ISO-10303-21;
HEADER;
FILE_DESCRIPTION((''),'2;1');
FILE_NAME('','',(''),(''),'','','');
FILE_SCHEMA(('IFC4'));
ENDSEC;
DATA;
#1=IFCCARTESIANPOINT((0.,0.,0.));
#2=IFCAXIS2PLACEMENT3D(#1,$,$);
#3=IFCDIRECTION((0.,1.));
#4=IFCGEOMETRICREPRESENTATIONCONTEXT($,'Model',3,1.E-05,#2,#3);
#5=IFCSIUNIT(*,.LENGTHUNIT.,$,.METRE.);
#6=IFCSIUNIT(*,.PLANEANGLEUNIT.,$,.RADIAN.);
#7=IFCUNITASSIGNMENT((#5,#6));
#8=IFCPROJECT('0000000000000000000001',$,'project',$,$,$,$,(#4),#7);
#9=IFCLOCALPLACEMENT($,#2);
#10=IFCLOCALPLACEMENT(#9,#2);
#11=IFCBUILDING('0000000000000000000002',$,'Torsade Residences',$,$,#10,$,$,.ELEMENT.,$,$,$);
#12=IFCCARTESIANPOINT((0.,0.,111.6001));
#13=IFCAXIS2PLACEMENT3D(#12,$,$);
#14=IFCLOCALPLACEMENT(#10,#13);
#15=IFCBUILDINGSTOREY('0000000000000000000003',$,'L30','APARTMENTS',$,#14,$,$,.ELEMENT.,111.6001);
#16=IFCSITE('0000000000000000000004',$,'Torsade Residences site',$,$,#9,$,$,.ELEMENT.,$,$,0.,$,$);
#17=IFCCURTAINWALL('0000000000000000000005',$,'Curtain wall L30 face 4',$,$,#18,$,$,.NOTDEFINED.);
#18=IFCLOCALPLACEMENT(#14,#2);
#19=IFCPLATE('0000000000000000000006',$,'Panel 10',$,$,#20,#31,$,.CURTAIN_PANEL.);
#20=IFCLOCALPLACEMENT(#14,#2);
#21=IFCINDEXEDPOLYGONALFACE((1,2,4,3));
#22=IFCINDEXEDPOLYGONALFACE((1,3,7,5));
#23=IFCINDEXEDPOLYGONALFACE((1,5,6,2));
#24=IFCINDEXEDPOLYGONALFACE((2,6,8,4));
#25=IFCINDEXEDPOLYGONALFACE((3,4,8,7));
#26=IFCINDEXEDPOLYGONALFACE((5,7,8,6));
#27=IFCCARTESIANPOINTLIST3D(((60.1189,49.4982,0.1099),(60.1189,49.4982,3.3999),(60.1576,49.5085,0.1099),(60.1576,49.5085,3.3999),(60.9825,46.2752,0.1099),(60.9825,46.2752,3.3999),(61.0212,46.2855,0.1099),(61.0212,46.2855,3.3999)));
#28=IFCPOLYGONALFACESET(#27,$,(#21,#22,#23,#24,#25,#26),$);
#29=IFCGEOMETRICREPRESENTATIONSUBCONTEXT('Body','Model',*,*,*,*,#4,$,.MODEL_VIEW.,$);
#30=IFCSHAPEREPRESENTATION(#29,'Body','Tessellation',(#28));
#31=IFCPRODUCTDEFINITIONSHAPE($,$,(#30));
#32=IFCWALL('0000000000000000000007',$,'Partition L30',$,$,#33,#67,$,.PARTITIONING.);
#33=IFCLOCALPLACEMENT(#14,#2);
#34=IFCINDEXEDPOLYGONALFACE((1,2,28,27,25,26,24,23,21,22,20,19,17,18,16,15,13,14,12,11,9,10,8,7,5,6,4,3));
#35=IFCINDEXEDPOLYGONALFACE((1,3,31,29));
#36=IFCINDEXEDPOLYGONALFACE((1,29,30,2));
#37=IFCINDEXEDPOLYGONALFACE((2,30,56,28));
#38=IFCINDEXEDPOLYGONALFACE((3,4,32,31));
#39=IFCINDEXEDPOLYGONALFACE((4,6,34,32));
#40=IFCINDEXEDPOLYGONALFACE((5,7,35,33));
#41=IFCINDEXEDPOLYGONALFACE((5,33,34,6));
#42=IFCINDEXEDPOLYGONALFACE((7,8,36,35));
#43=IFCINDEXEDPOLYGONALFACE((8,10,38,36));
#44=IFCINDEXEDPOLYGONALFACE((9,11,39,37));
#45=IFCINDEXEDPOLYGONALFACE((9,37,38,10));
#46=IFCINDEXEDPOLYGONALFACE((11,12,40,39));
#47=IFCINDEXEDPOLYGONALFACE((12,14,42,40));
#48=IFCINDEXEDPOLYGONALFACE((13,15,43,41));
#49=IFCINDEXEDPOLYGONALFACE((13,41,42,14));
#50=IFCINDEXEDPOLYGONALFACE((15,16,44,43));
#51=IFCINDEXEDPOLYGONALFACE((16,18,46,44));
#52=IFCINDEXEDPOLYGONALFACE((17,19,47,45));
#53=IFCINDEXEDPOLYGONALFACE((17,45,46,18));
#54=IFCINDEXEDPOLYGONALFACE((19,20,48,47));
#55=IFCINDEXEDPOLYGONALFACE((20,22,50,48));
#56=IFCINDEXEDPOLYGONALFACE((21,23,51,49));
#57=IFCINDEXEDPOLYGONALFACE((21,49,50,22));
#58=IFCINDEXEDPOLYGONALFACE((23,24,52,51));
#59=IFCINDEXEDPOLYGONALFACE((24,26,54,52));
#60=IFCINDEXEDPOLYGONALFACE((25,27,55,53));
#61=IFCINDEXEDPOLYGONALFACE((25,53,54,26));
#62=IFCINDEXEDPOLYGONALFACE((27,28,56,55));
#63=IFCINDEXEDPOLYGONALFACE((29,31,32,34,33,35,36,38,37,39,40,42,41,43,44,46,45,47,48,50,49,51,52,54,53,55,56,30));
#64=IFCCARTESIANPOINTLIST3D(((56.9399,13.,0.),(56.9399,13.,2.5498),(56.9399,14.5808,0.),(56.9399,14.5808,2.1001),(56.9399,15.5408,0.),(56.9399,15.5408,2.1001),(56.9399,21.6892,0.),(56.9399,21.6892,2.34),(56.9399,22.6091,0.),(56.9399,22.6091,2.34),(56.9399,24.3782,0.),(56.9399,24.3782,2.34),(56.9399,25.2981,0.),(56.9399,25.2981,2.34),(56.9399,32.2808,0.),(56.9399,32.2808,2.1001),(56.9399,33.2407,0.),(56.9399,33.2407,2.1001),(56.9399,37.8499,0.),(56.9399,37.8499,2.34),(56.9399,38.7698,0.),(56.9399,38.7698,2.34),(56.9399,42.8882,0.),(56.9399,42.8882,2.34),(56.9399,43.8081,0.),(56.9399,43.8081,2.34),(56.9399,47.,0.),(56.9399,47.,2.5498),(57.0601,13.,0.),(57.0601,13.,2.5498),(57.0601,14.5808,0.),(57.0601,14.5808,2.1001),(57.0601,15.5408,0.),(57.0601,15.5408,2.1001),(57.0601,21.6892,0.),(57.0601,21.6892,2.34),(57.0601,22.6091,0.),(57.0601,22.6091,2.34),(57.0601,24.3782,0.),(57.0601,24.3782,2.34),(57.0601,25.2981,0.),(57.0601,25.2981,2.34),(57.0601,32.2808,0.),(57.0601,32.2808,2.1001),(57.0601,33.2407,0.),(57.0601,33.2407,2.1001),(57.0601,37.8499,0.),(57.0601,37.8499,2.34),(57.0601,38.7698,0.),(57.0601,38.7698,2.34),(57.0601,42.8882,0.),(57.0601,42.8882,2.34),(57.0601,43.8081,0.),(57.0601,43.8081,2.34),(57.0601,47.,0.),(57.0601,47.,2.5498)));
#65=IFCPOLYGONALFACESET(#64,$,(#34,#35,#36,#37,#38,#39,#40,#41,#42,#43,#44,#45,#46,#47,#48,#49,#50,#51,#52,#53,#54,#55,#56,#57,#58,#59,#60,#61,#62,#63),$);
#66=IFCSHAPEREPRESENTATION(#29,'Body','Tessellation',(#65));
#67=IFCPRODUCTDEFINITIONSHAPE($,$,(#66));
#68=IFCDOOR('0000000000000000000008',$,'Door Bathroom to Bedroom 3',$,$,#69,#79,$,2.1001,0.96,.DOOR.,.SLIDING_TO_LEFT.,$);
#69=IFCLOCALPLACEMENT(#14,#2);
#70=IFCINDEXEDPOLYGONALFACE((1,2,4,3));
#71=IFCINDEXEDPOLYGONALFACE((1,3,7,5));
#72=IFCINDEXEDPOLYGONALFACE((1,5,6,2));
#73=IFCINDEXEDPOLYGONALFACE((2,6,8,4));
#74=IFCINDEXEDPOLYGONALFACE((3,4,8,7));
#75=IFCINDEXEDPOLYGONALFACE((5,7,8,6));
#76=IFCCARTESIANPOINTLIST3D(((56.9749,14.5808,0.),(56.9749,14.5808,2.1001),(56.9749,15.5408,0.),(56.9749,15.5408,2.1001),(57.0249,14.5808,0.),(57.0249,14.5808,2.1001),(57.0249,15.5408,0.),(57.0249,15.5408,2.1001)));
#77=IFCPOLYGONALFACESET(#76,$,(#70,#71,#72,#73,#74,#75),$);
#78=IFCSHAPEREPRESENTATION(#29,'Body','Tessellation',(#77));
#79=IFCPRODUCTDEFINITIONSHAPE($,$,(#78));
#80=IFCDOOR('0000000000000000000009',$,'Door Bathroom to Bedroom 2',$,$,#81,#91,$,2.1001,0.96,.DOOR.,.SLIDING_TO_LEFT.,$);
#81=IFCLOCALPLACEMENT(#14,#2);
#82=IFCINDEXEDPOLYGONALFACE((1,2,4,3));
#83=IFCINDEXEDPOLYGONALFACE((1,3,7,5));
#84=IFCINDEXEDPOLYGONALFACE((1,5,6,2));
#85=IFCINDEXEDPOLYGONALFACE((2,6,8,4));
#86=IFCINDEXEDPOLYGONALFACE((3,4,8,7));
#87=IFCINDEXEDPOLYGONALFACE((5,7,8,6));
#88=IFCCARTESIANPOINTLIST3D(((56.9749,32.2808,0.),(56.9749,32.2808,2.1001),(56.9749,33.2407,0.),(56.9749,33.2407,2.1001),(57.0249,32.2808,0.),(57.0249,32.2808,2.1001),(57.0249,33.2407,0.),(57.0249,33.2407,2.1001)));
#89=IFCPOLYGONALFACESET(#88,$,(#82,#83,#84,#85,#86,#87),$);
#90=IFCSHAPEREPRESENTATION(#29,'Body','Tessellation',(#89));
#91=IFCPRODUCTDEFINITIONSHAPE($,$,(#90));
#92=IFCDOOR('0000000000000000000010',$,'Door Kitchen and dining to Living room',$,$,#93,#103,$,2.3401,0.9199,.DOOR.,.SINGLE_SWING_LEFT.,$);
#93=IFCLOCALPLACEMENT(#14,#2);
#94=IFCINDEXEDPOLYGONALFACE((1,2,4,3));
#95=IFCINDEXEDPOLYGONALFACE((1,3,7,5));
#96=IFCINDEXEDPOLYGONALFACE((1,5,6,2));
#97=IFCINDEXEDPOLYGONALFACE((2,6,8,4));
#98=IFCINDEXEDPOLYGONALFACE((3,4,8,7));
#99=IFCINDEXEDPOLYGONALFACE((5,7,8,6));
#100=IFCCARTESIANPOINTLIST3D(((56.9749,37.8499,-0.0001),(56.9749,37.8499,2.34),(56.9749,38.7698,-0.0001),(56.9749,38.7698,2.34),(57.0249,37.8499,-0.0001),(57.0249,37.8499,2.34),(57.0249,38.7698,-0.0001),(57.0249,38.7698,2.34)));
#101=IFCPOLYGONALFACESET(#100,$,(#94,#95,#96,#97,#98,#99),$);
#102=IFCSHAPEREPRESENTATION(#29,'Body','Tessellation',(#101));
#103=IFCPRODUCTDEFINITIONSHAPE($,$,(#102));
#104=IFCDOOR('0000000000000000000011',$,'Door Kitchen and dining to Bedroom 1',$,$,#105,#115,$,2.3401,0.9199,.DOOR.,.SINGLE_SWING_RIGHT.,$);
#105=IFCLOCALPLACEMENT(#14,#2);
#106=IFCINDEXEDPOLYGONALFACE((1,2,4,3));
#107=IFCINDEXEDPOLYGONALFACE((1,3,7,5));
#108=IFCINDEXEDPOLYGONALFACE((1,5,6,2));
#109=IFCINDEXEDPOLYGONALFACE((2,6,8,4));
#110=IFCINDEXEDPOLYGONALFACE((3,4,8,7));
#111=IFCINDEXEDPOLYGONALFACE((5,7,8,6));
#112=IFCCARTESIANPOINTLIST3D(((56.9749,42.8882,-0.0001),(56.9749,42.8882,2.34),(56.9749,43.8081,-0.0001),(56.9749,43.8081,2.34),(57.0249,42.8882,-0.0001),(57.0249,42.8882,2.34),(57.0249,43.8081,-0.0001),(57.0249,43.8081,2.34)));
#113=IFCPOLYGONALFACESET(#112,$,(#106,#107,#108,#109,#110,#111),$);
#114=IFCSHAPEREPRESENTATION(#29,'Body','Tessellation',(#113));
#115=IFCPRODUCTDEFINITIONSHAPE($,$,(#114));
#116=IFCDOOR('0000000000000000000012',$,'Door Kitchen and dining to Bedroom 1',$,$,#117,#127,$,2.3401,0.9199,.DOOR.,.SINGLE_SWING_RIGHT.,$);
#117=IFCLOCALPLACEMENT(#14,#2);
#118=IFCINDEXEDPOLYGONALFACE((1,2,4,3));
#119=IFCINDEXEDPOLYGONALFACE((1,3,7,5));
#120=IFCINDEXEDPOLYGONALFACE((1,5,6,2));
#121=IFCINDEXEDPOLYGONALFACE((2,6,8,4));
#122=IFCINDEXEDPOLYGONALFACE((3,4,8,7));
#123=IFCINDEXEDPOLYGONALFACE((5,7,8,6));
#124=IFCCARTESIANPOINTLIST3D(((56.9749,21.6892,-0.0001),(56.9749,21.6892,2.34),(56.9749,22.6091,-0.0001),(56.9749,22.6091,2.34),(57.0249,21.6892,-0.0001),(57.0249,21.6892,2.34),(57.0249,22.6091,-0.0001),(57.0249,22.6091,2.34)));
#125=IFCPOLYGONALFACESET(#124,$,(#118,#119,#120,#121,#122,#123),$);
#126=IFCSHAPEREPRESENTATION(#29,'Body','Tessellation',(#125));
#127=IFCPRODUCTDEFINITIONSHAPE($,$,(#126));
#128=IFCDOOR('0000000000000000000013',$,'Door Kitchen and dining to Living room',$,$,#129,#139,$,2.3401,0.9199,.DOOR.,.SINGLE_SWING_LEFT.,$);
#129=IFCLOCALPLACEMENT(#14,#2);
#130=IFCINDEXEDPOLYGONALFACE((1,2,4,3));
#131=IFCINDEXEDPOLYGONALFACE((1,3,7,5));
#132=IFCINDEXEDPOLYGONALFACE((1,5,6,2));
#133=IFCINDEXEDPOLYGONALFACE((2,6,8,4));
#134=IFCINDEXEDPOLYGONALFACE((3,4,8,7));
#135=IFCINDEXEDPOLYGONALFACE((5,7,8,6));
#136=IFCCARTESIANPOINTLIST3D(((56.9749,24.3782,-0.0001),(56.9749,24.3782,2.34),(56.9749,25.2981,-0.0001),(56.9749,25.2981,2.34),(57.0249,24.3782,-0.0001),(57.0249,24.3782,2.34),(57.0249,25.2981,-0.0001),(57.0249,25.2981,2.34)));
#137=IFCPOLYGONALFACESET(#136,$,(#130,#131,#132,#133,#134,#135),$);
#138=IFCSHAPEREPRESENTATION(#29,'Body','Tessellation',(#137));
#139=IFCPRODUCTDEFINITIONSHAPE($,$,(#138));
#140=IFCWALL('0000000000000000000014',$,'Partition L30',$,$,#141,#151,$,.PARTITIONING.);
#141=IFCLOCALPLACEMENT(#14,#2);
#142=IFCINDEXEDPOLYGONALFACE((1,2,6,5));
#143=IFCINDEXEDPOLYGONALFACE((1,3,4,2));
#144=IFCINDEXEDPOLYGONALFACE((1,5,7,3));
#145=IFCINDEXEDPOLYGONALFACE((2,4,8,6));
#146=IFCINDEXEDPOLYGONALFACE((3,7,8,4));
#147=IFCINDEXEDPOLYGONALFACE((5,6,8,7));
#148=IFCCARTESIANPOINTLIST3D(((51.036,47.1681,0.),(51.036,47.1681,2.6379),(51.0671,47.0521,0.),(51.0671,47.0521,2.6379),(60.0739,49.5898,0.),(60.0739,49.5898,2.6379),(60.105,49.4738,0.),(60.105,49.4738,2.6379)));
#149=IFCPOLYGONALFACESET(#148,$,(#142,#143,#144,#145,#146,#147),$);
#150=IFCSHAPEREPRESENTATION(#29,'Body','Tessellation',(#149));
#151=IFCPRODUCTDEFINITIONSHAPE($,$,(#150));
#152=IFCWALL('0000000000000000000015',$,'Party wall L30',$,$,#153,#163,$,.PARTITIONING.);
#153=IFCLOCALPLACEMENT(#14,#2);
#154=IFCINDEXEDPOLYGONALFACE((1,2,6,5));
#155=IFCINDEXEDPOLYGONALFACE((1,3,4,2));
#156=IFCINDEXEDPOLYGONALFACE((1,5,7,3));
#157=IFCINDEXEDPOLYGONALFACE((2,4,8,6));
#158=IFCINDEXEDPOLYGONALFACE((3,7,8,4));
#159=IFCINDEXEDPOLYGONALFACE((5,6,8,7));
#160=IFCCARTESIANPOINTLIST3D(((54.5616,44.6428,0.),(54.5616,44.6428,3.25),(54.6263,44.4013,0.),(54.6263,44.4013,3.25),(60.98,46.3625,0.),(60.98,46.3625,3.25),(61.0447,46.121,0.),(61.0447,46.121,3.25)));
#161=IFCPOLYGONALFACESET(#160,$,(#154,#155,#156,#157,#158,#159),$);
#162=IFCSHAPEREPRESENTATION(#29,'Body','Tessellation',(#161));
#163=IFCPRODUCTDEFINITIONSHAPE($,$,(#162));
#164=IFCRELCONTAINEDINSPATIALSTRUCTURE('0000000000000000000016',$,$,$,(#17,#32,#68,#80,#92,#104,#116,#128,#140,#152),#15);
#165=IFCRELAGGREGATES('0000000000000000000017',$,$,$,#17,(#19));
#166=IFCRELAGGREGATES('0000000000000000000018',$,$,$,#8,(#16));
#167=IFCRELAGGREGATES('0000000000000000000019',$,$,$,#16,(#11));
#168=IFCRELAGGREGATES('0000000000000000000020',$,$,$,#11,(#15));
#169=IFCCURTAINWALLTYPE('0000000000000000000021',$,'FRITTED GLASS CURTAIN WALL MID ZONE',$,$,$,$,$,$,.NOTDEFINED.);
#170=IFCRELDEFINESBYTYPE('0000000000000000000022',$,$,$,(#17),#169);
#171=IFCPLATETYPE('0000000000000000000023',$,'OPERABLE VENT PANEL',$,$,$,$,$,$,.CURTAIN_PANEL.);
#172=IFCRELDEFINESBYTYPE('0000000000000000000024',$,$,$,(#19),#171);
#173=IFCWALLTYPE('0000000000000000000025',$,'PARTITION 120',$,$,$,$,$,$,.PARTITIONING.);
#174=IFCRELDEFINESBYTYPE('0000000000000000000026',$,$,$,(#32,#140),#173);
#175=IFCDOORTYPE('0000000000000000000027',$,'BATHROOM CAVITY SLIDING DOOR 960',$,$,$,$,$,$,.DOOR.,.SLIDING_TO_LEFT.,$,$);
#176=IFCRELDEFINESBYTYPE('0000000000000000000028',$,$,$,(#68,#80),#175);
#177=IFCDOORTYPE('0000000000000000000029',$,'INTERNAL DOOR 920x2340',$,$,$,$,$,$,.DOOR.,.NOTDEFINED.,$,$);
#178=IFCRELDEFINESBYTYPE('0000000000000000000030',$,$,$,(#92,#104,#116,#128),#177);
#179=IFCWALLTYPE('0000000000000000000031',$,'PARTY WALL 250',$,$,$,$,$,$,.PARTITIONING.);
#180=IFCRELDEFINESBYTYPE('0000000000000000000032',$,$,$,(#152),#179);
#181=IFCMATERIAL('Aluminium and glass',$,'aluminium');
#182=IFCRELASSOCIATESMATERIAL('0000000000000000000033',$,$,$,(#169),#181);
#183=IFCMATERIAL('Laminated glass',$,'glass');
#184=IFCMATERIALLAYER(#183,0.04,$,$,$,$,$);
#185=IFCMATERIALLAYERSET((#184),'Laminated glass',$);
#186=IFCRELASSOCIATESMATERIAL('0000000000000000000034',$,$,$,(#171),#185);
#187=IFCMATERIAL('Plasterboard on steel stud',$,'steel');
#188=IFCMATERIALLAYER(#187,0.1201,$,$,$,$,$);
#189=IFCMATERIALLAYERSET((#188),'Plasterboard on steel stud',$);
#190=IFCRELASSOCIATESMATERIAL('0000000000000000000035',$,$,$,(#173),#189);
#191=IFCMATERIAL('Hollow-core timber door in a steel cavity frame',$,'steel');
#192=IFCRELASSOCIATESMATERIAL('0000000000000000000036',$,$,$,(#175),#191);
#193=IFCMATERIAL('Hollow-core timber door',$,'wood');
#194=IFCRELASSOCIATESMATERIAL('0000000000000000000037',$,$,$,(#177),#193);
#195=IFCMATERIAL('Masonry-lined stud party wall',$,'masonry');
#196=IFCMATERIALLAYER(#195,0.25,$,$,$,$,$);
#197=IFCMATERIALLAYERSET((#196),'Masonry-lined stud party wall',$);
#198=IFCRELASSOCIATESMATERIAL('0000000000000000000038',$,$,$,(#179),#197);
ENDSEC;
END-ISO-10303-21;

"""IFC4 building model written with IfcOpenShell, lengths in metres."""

from ifc_helpers import new_model, si_unit, direction, frame, frame_2d, origin, origin_2d, place, context, subcontext, project, spatial, rectangle, extrude, material, layer, layer_set, type_object, element, fill, aggregate, save


model = new_model("IFC4")

# Units and contexts
model_context = context("Model", 3, precision=1e-05, world=origin(), true_north=direction((0.0, 1.0)))
body_context = subcontext(model_context, "Body", "Model", "MODEL_VIEW")
ifc_project = project(units=[si_unit("LENGTHUNIT", "METRE"), si_unit("PLANEANGLEUNIT", "RADIAN")], contexts=[model_context])

# Site, building, storey
site_placement = place(None, origin())
site = spatial("IfcSite", under=ifc_project, at=site_placement, Name="Torsade Residences site", CompositionType="ELEMENT", RefElevation=0.0)
building_placement = place(site_placement, origin())
building = spatial("IfcBuilding", under=site, at=building_placement, Name="Torsade Residences", CompositionType="ELEMENT")
storey_placement = place(building_placement, frame((0.0, 0.0, 111.6001)))
storey = spatial("IfcBuildingStorey", under=building, at=storey_placement, Name="L30", Description="APARTMENTS", CompositionType="ELEMENT", Elevation=111.6001)

# Curtain wall
ifc_material_1 = material(Name="Aluminium and glass", Category="aluminium")
curtain_wall_type = type_object("IfcCurtainWallType", Name="FRITTED GLASS CURTAIN WALL MID ZONE", PredefinedType="NOTDEFINED", material=ifc_material_1)
curtain_wall_placement = place(storey_placement, origin())
curtain_wall = element("IfcCurtainWall", 1, at=curtain_wall_placement, inside=storey, type_object=curtain_wall_type, Name="Curtain wall L30 face 4", PredefinedType="NOTDEFINED")

# Plate
ifc_material_2 = material(Name="Laminated glass", Category="glass")
ifc_layer_1 = layer(ifc_material_2, 0.04)
ifc_layer_set_1 = layer_set([ifc_layer_1], Name="Laminated glass")
plate_type_1 = type_object("IfcPlateType", Name="OPERABLE VENT PANEL", PredefinedType="CURTAIN_PANEL", material=ifc_layer_set_1)
plate_1_placement = place(storey_placement, frame((60.5701, 47.8918, 0.1099), z_axis=(0.0, 0.0, 1.0), x_axis=(-0.258819, 0.965926, 0.0)))
plate_1 = element("IfcPlate", 2, at=plate_1_placement, type_object=plate_type_1, Name="Panel 10", PredefinedType="CURTAIN_PANEL", context=body_context, shape_type="SweptSolid", body=[
    extrude(rectangle(XDim=3.3367, YDim=0.04, at=origin_2d()), origin(), (0.0, 0.0, 1.0), 3.29),
])
aggregate(curtain_wall, [plate_1])

# Wall, openings, doors
ifc_material_3 = material(Name="Plasterboard on steel stud", Category="steel")
ifc_layer_2 = layer(ifc_material_3, 0.1201)
ifc_layer_set_2 = layer_set([ifc_layer_2], Name="Plasterboard on steel stud")
wall_type_1 = type_object("IfcWallType", Name="PARTITION 120", PredefinedType="PARTITIONING", material=ifc_layer_set_2)
wall_1_placement = place(storey_placement, frame((57.0, 47.0, 0.0), z_axis=(0.0, 0.0, 1.0), x_axis=(0.0, -1.0, 0.0)))
wall_1 = element("IfcWall", 3, at=wall_1_placement, inside=storey, type_object=wall_type_1, Name="Partition L30", PredefinedType="PARTITIONING", context=body_context, shape_type="SweptSolid", body=[
    extrude(rectangle(XDim=34.0, YDim=0.1201, at=frame_2d((17.0, 0.0))), origin(), (0.0, 0.0, 1.0), 2.5498),
])
opening_1_placement = place(wall_1_placement, frame((8.2302, 0.0, 0.0)))
opening_1 = element("IfcOpeningElement", 4, at=opening_1_placement, cuts=wall_1, PredefinedType="OPENING", context=body_context, shape_type="SweptSolid", body=[
    extrude(rectangle(XDim=0.9199, YDim=2.3401, at=frame_2d((0.46, 1.1699))), frame((0.0, 0.0701, 0.0), z_axis=(0.0, -1.0, 0.0), x_axis=(1.0, 0.0, 0.0)), (0.0, 0.0, 1.0), 0.1401),
])
opening_2_placement = place(wall_1_placement, frame((3.1919, 0.0, 0.0)))
opening_2 = element("IfcOpeningElement", 5, at=opening_2_placement, cuts=wall_1, PredefinedType="OPENING", context=body_context, shape_type="SweptSolid", body=[
    extrude(rectangle(XDim=0.9199, YDim=2.3401, at=frame_2d((0.46, 1.1699))), frame((0.0, 0.0701, 0.0), z_axis=(0.0, -1.0, 0.0), x_axis=(1.0, 0.0, 0.0)), (0.0, 0.0, 1.0), 0.1401),
])
opening_3_placement = place(wall_1_placement, frame((24.3909, 0.0, 0.0)))
opening_3 = element("IfcOpeningElement", 6, at=opening_3_placement, cuts=wall_1, PredefinedType="OPENING", context=body_context, shape_type="SweptSolid", body=[
    extrude(rectangle(XDim=0.9199, YDim=2.3401, at=frame_2d((0.46, 1.1699))), frame((0.0, 0.0701, 0.0), z_axis=(0.0, -1.0, 0.0), x_axis=(1.0, 0.0, 0.0)), (0.0, 0.0, 1.0), 0.1401),
])
opening_4_placement = place(wall_1_placement, frame((21.7019, 0.0, 0.0)))
opening_4 = element("IfcOpeningElement", 7, at=opening_4_placement, cuts=wall_1, PredefinedType="OPENING", context=body_context, shape_type="SweptSolid", body=[
    extrude(rectangle(XDim=0.9199, YDim=2.3401, at=frame_2d((0.46, 1.1699))), frame((0.0, 0.0701, 0.0), z_axis=(0.0, -1.0, 0.0), x_axis=(1.0, 0.0, 0.0)), (0.0, 0.0, 1.0), 0.1401),
])
opening_5_placement = place(wall_1_placement, frame((31.4592, 0.0, 0.0)))
opening_5 = element("IfcOpeningElement", 8, at=opening_5_placement, cuts=wall_1, PredefinedType="OPENING", context=body_context, shape_type="SweptSolid", body=[
    extrude(rectangle(XDim=0.96, YDim=2.1001, at=frame_2d((0.48, 1.05))), frame((0.0, 0.0701, 0.0), z_axis=(0.0, -1.0, 0.0), x_axis=(1.0, 0.0, 0.0)), (0.0, 0.0, 1.0), 0.1401),
])
opening_6_placement = place(wall_1_placement, frame((13.7593, 0.0, 0.0)))
opening_6 = element("IfcOpeningElement", 9, at=opening_6_placement, cuts=wall_1, PredefinedType="OPENING", context=body_context, shape_type="SweptSolid", body=[
    extrude(rectangle(XDim=0.96, YDim=2.1001, at=frame_2d((0.48, 1.05))), frame((0.0, 0.0701, 0.0), z_axis=(0.0, -1.0, 0.0), x_axis=(1.0, 0.0, 0.0)), (0.0, 0.0, 1.0), 0.1401),
])
ifc_material_4 = material(Name="Hollow-core timber door in a steel cavity frame", Category="steel")
door_type_1 = type_object("IfcDoorType", Name="BATHROOM CAVITY SLIDING DOOR 960", OperationType="SLIDING_TO_LEFT", PredefinedType="DOOR", material=ifc_material_4)
door_1_placement = place(opening_5_placement, origin())
door_1 = element("IfcDoor", 10, at=door_1_placement, inside=storey, type_object=door_type_1, Name="Door Bathroom to Bedroom 3", OperationType="SLIDING_TO_LEFT", OverallHeight=2.1001, OverallWidth=0.96, PredefinedType="DOOR", context=body_context, shape_type="SweptSolid", body=[
    extrude(rectangle(XDim=0.96, YDim=2.1001, at=frame_2d((0.48, 1.05))), frame((0.0, 0.0249, 0.0), z_axis=(0.0, -1.0, 0.0), x_axis=(1.0, 0.0, 0.0)), (0.0, 0.0, 1.0), 0.05),
])
fill(opening_5, door_1)
door_2_placement = place(opening_6_placement, origin())
door_2 = element("IfcDoor", 11, at=door_2_placement, inside=storey, type_object=door_type_1, Name="Door Bathroom to Bedroom 2", OperationType="SLIDING_TO_LEFT", OverallHeight=2.1001, OverallWidth=0.96, PredefinedType="DOOR", context=body_context, shape_type="SweptSolid", body=[
    extrude(rectangle(XDim=0.96, YDim=2.1001, at=frame_2d((0.48, 1.05))), frame((0.0, 0.0249, 0.0), z_axis=(0.0, -1.0, 0.0), x_axis=(1.0, 0.0, 0.0)), (0.0, 0.0, 1.0), 0.05),
])
fill(opening_6, door_2)
ifc_material_5 = material(Name="Hollow-core timber door", Category="wood")
door_type_2 = type_object("IfcDoorType", Name="INTERNAL DOOR 920x2340", OperationType="NOTDEFINED", PredefinedType="DOOR", material=ifc_material_5)
door_3_placement = place(opening_1_placement, origin())
door_3 = element("IfcDoor", 12, at=door_3_placement, inside=storey, type_object=door_type_2, Name="Door Kitchen and dining to Living room", OperationType="SINGLE_SWING_LEFT", OverallHeight=2.3401, OverallWidth=0.9199, PredefinedType="DOOR", context=body_context, shape_type="SweptSolid", body=[
    extrude(rectangle(XDim=0.9199, YDim=2.3401, at=frame_2d((0.46, 1.1699))), frame((0.0, 0.0249, 0.0), z_axis=(0.0, -1.0, 0.0), x_axis=(1.0, 0.0, 0.0)), (0.0, 0.0, 1.0), 0.05),
])
fill(opening_1, door_3)
door_4_placement = place(opening_2_placement, origin())
door_4 = element("IfcDoor", 13, at=door_4_placement, inside=storey, type_object=door_type_2, Name="Door Kitchen and dining to Bedroom 1", OperationType="SINGLE_SWING_RIGHT", OverallHeight=2.3401, OverallWidth=0.9199, PredefinedType="DOOR", context=body_context, shape_type="SweptSolid", body=[
    extrude(rectangle(XDim=0.9199, YDim=2.3401, at=frame_2d((0.46, 1.1699))), frame((0.0, 0.0249, 0.0), z_axis=(0.0, -1.0, 0.0), x_axis=(1.0, 0.0, 0.0)), (0.0, 0.0, 1.0), 0.05),
])
fill(opening_2, door_4)
door_5_placement = place(opening_3_placement, origin())
door_5 = element("IfcDoor", 14, at=door_5_placement, inside=storey, type_object=door_type_2, Name="Door Kitchen and dining to Bedroom 1", OperationType="SINGLE_SWING_RIGHT", OverallHeight=2.3401, OverallWidth=0.9199, PredefinedType="DOOR", context=body_context, shape_type="SweptSolid", body=[
    extrude(rectangle(XDim=0.9199, YDim=2.3401, at=frame_2d((0.46, 1.1699))), frame((0.0, 0.0249, 0.0), z_axis=(0.0, -1.0, 0.0), x_axis=(1.0, 0.0, 0.0)), (0.0, 0.0, 1.0), 0.05),
])
fill(opening_3, door_5)
door_6_placement = place(opening_4_placement, origin())
door_6 = element("IfcDoor", 15, at=door_6_placement, inside=storey, type_object=door_type_2, Name="Door Kitchen and dining to Living room", OperationType="SINGLE_SWING_LEFT", OverallHeight=2.3401, OverallWidth=0.9199, PredefinedType="DOOR", context=body_context, shape_type="SweptSolid", body=[
    extrude(rectangle(XDim=0.9199, YDim=2.3401, at=frame_2d((0.46, 1.1699))), frame((0.0, 0.0249, 0.0), z_axis=(0.0, -1.0, 0.0), x_axis=(1.0, 0.0, 0.0)), (0.0, 0.0, 1.0), 0.05),
])
fill(opening_4, door_6)

# Walls
wall_2_placement = place(storey_placement, frame((60.0894, 49.5317, 0.0), z_axis=(0.0, 0.0, 1.0), x_axis=(-0.965927, -0.258814, 0.0)))
element("IfcWall", 16, at=wall_2_placement, inside=storey, type_object=wall_type_1, Name="Partition L30", PredefinedType="PARTITIONING", context=body_context, shape_type="SweptSolid", body=[
    extrude(rectangle(XDim=9.3567, YDim=0.1201, at=frame_2d((4.6782, 0.0))), origin(), (0.0, 0.0, 1.0), 2.6379),
])
ifc_material_6 = material(Name="Masonry-lined stud party wall", Category="masonry")
ifc_layer_3 = layer(ifc_material_6, 0.25)
ifc_layer_set_3 = layer_set([ifc_layer_3], Name="Masonry-lined stud party wall")
wall_type_2 = type_object("IfcWallType", Name="PARTY WALL 250", PredefinedType="PARTITIONING", material=ifc_layer_set_3)
wall_3_placement = place(storey_placement, frame((61.0122, 46.2417, 0.0), z_axis=(0.0, 0.0, 1.0), x_axis=(-0.965929, -0.258806, 0.0)))
element("IfcWall", 17, at=wall_3_placement, inside=storey, type_object=wall_type_2, Name="Party wall L30", PredefinedType="PARTITIONING", context=body_context, shape_type="SweptSolid", body=[
    extrude(rectangle(XDim=6.6448, YDim=0.25, at=frame_2d((3.3223, 0.0))), origin(), (0.0, 0.0, 1.0), 3.25),
])

save(model, "model.ifc")
